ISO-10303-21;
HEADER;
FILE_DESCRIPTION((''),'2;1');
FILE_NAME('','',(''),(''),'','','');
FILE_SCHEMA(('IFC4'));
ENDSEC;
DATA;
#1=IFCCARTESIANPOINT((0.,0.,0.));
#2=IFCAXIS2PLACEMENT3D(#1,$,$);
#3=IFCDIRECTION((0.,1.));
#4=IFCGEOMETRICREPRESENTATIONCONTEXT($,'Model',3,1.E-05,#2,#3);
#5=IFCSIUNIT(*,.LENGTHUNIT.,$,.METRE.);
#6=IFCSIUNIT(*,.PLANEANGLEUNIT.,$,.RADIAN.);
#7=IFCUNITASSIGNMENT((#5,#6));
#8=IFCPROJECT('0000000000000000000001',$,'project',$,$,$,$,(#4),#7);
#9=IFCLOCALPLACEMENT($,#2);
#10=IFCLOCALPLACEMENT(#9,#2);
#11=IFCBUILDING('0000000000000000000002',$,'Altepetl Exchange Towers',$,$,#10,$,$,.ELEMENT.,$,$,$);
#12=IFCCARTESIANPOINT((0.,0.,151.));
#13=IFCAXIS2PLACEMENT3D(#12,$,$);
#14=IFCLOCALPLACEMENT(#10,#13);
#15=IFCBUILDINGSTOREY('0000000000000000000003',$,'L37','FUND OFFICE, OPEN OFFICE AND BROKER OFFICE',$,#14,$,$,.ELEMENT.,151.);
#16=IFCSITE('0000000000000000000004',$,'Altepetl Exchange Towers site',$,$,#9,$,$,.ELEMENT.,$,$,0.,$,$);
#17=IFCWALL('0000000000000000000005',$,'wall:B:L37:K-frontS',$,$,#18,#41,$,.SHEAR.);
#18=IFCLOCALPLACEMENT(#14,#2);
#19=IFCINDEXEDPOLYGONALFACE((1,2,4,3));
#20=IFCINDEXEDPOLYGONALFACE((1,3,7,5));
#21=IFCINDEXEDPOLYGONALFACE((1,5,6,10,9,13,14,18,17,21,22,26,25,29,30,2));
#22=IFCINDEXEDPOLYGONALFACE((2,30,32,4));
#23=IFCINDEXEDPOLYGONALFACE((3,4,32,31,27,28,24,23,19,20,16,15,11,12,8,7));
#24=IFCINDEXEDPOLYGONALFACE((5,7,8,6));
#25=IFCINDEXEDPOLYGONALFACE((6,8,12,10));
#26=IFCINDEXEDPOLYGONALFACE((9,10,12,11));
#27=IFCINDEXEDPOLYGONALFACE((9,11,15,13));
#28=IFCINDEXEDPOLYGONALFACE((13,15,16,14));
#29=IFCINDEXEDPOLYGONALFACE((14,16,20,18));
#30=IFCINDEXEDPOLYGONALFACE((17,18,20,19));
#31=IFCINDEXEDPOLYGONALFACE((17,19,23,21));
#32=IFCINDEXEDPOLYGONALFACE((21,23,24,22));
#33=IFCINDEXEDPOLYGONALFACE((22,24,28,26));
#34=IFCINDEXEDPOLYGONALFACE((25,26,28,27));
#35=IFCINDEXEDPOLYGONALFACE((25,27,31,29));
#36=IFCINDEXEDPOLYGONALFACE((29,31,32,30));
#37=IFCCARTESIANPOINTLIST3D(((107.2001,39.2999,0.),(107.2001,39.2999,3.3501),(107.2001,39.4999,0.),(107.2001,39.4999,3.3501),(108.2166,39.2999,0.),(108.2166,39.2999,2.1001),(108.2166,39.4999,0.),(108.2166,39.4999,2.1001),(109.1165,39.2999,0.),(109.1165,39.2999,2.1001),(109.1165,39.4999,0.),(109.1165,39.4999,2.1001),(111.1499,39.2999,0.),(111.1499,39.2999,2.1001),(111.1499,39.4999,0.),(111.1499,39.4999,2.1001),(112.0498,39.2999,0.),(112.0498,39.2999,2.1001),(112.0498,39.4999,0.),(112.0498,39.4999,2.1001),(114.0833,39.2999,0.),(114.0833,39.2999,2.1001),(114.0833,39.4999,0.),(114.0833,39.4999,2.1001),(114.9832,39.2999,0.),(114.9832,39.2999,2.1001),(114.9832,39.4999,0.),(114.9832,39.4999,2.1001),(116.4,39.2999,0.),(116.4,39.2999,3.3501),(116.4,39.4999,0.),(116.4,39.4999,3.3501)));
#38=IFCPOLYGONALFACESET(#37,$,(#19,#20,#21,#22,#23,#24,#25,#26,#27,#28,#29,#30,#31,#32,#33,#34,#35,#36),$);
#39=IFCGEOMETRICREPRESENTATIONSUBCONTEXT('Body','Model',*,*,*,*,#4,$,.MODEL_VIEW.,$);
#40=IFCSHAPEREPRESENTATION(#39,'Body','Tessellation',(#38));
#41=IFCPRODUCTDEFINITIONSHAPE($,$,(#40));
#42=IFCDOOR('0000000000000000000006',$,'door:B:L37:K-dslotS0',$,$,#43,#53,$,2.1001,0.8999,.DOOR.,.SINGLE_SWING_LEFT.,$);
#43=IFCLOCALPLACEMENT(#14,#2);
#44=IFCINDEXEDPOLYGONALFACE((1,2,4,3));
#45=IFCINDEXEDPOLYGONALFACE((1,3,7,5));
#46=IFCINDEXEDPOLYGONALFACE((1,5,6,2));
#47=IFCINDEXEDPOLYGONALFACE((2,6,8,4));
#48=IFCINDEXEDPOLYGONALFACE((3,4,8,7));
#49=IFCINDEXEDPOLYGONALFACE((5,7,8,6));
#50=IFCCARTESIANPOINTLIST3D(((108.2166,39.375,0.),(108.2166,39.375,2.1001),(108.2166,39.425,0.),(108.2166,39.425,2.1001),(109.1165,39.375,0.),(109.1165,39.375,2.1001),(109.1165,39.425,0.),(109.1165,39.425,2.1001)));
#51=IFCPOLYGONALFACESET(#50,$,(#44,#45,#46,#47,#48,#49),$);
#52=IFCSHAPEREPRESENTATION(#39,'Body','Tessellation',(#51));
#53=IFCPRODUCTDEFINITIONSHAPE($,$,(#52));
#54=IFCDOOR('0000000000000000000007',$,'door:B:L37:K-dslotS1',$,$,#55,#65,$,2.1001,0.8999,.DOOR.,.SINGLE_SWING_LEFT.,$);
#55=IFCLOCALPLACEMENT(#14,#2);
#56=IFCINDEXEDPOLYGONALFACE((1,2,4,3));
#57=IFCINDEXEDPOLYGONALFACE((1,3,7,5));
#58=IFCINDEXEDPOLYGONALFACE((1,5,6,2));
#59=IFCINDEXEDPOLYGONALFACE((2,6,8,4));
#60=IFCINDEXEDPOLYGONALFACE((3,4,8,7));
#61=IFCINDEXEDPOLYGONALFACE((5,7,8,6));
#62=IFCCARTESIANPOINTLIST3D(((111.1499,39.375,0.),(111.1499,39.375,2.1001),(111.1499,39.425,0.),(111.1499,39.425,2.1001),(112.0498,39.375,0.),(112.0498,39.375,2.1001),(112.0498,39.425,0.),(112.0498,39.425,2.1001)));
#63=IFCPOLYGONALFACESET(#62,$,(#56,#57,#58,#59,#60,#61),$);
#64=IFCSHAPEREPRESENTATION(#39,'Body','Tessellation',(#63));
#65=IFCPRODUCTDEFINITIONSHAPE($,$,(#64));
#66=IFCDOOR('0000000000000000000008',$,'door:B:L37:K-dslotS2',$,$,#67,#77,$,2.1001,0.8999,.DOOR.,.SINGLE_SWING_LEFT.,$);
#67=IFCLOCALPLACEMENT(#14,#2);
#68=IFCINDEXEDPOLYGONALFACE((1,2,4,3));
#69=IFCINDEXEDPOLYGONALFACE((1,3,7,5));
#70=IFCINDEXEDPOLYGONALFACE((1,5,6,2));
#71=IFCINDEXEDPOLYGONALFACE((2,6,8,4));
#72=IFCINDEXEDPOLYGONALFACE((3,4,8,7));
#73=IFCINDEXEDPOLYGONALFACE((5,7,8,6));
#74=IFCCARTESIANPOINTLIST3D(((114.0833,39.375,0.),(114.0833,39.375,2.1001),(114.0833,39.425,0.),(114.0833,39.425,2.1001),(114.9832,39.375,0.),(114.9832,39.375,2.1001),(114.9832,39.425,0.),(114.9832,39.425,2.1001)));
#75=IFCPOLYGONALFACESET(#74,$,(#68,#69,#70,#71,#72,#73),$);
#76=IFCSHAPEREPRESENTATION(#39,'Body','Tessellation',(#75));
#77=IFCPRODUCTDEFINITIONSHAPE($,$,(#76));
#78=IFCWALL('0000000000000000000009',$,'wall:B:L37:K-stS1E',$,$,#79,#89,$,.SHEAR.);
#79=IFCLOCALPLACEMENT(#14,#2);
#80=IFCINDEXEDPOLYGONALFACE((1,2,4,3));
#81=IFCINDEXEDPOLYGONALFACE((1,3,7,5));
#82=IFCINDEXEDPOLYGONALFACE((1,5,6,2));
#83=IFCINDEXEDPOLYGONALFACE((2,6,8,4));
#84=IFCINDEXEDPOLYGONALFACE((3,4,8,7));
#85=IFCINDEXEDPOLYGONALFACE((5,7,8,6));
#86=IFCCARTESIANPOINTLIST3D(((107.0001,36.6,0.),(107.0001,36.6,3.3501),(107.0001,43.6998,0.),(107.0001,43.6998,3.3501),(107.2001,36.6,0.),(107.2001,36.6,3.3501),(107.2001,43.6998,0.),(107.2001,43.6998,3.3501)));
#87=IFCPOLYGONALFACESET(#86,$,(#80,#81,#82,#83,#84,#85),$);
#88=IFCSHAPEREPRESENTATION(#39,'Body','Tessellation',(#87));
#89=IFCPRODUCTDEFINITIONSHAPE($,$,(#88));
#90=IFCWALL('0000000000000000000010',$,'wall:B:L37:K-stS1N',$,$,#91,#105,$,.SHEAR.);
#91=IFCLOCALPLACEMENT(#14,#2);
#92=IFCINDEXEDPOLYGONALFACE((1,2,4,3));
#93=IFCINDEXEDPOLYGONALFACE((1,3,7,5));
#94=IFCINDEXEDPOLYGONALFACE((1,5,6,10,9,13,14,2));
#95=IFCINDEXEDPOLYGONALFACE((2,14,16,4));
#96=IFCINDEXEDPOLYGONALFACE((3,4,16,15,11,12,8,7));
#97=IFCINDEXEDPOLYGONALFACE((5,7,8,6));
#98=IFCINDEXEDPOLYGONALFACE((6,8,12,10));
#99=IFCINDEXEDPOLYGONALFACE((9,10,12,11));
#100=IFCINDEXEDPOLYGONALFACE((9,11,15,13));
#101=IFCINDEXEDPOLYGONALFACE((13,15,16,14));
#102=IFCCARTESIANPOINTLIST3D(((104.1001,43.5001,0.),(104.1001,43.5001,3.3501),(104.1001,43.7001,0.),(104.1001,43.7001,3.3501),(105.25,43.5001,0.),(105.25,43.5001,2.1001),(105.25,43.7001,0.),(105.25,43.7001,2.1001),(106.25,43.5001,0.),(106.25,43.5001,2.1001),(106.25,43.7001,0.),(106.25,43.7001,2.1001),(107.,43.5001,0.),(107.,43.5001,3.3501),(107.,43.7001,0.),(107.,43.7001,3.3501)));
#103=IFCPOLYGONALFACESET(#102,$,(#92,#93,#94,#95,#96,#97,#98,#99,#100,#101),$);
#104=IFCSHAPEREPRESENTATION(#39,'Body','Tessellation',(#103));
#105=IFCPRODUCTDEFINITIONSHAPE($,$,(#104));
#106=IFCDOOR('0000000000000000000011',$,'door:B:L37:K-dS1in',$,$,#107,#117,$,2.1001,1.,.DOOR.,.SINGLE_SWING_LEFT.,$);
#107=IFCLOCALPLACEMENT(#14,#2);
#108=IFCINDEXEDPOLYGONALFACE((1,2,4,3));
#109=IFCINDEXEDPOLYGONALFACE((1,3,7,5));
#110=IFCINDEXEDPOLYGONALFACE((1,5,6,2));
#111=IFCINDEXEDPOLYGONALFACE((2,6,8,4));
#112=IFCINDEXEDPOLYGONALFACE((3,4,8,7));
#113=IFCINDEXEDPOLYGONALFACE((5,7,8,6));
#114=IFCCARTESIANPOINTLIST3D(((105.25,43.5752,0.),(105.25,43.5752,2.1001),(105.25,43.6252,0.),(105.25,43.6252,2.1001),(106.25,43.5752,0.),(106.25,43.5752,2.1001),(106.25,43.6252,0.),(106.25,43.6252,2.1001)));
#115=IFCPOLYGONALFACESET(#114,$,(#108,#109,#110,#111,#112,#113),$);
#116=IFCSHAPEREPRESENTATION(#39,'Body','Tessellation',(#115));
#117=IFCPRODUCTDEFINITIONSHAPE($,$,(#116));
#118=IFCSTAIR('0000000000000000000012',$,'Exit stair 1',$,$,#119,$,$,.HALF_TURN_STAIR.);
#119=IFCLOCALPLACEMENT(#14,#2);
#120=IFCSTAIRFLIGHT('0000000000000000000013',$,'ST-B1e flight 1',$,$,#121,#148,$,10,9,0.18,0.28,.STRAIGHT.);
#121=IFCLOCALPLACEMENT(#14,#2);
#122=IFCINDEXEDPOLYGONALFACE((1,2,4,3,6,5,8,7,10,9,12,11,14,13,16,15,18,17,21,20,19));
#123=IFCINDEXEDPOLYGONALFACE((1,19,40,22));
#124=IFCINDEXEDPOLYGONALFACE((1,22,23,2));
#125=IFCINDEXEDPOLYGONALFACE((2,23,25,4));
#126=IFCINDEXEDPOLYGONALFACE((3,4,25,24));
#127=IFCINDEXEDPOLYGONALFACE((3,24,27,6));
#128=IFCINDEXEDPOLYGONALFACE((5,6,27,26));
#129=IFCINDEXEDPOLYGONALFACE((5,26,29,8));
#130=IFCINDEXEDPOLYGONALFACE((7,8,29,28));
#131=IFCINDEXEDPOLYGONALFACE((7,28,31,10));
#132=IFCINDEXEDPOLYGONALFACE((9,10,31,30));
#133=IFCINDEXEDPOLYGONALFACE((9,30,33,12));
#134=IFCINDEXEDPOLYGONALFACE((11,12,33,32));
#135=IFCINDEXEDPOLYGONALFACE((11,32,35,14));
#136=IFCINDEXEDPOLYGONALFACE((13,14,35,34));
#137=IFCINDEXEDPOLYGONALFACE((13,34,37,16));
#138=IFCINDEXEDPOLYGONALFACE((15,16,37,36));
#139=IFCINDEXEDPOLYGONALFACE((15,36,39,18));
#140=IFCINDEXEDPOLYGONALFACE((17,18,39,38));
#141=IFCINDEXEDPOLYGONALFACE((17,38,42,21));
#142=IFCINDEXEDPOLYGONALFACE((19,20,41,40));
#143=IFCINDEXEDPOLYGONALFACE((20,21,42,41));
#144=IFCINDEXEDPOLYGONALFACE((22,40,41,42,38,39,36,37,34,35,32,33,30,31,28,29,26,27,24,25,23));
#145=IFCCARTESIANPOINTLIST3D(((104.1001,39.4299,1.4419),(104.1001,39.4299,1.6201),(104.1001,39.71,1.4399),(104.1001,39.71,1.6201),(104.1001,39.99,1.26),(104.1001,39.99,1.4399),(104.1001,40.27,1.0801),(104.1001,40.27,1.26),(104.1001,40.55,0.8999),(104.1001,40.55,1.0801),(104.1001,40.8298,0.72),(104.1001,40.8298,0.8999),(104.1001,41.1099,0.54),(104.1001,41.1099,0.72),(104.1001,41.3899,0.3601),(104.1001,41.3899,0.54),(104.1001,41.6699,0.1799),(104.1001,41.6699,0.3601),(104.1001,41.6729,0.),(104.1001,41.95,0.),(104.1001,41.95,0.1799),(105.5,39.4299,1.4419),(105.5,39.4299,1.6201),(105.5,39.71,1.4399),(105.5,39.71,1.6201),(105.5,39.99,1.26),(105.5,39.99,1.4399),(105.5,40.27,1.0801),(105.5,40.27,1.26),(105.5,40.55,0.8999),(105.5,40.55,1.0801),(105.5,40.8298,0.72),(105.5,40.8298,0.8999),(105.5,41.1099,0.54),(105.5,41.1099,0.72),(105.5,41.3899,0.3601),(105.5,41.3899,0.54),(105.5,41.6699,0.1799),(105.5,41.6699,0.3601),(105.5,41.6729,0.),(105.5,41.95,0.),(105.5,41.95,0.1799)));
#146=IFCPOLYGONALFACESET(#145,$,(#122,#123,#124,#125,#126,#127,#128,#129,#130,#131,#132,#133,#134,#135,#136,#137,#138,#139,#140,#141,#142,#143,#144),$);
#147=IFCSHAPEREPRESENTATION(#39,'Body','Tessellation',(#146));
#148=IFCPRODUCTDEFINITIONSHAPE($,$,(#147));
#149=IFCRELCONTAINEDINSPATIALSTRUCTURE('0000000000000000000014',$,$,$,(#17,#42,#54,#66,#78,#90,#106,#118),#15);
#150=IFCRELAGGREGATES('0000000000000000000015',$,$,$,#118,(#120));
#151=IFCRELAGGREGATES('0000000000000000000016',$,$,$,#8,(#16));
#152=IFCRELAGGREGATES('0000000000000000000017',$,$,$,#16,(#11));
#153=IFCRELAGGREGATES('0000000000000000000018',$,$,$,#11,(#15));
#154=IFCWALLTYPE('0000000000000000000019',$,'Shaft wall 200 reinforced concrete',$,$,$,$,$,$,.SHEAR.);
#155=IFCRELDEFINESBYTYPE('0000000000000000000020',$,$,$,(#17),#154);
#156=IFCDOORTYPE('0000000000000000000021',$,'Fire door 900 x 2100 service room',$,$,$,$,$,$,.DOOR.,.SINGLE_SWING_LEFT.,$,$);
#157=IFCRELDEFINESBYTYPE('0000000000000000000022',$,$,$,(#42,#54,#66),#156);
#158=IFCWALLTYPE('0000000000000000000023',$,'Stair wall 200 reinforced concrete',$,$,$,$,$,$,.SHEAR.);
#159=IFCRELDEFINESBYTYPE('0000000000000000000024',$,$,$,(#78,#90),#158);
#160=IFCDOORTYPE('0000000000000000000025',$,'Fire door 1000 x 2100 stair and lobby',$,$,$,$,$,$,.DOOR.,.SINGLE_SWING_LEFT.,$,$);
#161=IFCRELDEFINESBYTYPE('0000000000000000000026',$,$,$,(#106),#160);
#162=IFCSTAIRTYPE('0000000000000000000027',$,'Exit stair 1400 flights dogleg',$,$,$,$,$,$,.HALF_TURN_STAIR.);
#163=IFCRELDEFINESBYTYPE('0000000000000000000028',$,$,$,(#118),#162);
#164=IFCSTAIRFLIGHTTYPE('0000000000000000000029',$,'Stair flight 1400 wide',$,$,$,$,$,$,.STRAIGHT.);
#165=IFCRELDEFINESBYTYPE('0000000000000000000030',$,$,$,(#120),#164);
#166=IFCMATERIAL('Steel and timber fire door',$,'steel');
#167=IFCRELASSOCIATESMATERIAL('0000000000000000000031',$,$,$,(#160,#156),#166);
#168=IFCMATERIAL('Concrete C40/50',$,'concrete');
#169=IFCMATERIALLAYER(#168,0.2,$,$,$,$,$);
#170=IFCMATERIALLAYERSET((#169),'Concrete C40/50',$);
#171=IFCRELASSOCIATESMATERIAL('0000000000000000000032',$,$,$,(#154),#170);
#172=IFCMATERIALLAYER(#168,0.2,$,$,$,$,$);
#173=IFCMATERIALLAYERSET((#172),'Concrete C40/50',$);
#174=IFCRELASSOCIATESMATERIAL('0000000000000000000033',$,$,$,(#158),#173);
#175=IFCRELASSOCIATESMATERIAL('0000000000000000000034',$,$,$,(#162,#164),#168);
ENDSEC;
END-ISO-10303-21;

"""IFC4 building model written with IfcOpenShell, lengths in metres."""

from ifc_helpers import new_model, si_unit, direction, frame, frame_2d, origin, place, context, subcontext, project, spatial, polyline, rectangle, outline, extrude, material, layer, layer_set, type_object, element, fill, aggregate, save


model = new_model("IFC4")

# Units and contexts
model_context = context("Model", 3, precision=1e-05, world=origin(), true_north=direction((0.0, 1.0)))
body_context = subcontext(model_context, "Body", "Model", "MODEL_VIEW")
ifc_project = project(units=[si_unit("LENGTHUNIT", "METRE"), si_unit("PLANEANGLEUNIT", "RADIAN")], contexts=[model_context])

# Site, building, storey
site_placement = place(None, origin())
site = spatial("IfcSite", under=ifc_project, at=site_placement, Name="Altepetl Exchange Towers site", CompositionType="ELEMENT", RefElevation=0.0)
building_placement = place(site_placement, origin())
building = spatial("IfcBuilding", under=site, at=building_placement, Name="Altepetl Exchange Towers", CompositionType="ELEMENT")
storey_placement = place(building_placement, frame((0.0, 0.0, 151.0)))
storey = spatial("IfcBuildingStorey", under=building, at=storey_placement, Name="L37", Description="FUND OFFICE, OPEN OFFICE AND BROKER OFFICE", CompositionType="ELEMENT", Elevation=151.0)

# Shared definitions
ifc_material_1 = material(Name="Steel and timber fire door", Category="steel")
door_type_1 = type_object("IfcDoorType", Name="Fire door 1000 x 2100 stair and lobby", OperationType="SINGLE_SWING_LEFT", PredefinedType="DOOR", material=ifc_material_1)

# Shared definitions
ifc_material_2 = material(Name="Concrete C40/50", Category="concrete")
ifc_layer_1 = layer(ifc_material_2, 0.2)
ifc_layer_set_1 = layer_set([ifc_layer_1], Name="Concrete C40/50")
wall_type_1 = type_object("IfcWallType", Name="Shaft wall 200 reinforced concrete", PredefinedType="SHEAR", material=ifc_layer_set_1)

# Wall, openings, doors
wall_1_placement = place(storey_placement, frame((107.2, 39.3999, 0.0)))
wall_1 = element("IfcWall", 1, at=wall_1_placement, inside=storey, type_object=wall_type_1, Name="wall:B:L37:K-frontS", PredefinedType="SHEAR", context=body_context, shape_type="SweptSolid", body=[
    extrude(rectangle(XDim=9.2, YDim=0.2, at=frame_2d((4.6001, 0.0))), origin(), (0.0, 0.0, 1.0), 3.3501),
])
opening_1_placement = place(wall_1_placement, frame((1.0166, 0.0, 0.0)))
opening_1 = element("IfcOpeningElement", 2, at=opening_1_placement, cuts=wall_1, PredefinedType="OPENING", context=body_context, shape_type="SweptSolid", body=[
    extrude(rectangle(XDim=0.8999, YDim=2.1001, at=frame_2d((0.45, 1.05))), frame((0.0, 0.1099, 0.0), z_axis=(0.0, -1.0, 0.0), x_axis=(1.0, 0.0, 0.0)), (0.0, 0.0, 1.0), 0.22),
])
opening_2_placement = place(wall_1_placement, frame((3.95, 0.0, 0.0)))
opening_2 = element("IfcOpeningElement", 3, at=opening_2_placement, cuts=wall_1, PredefinedType="OPENING", context=body_context, shape_type="SweptSolid", body=[
    extrude(rectangle(XDim=0.8999, YDim=2.1001, at=frame_2d((0.45, 1.05))), frame((0.0, 0.1099, 0.0), z_axis=(0.0, -1.0, 0.0), x_axis=(1.0, 0.0, 0.0)), (0.0, 0.0, 1.0), 0.22),
])
opening_3_placement = place(wall_1_placement, frame((6.8833, 0.0, 0.0)))
opening_3 = element("IfcOpeningElement", 4, at=opening_3_placement, cuts=wall_1, PredefinedType="OPENING", context=body_context, shape_type="SweptSolid", body=[
    extrude(rectangle(XDim=0.8999, YDim=2.1001, at=frame_2d((0.45, 1.05))), frame((0.0, 0.1099, 0.0), z_axis=(0.0, -1.0, 0.0), x_axis=(1.0, 0.0, 0.0)), (0.0, 0.0, 1.0), 0.22),
])
door_type_2 = type_object("IfcDoorType", Name="Fire door 900 x 2100 service room", OperationType="SINGLE_SWING_LEFT", PredefinedType="DOOR", material=ifc_material_1)
door_1_placement = place(opening_1_placement, frame((0.8999, 0.0, 0.0), x_axis=(-1.0, 0.0, 0.0)))
door_1 = element("IfcDoor", 5, at=door_1_placement, inside=storey, type_object=door_type_2, Name="door:B:L37:K-dslotS0", OperationType="SINGLE_SWING_LEFT", OverallHeight=2.1001, OverallWidth=0.8999, PredefinedType="DOOR", context=body_context, shape_type="SweptSolid", body=[
    extrude(rectangle(XDim=0.8999, YDim=2.1001, at=frame_2d((0.45, 1.05))), frame((0.0, 0.0249, 0.0), z_axis=(0.0, -1.0, 0.0), x_axis=(1.0, 0.0, 0.0)), (0.0, 0.0, 1.0), 0.05),
])
fill(opening_1, door_1)
door_2_placement = place(opening_2_placement, frame((0.8999, 0.0, 0.0), x_axis=(-1.0, 0.0, 0.0)))
door_2 = element("IfcDoor", 6, at=door_2_placement, inside=storey, type_object=door_type_2, Name="door:B:L37:K-dslotS1", OperationType="SINGLE_SWING_LEFT", OverallHeight=2.1001, OverallWidth=0.8999, PredefinedType="DOOR", context=body_context, shape_type="SweptSolid", body=[
    extrude(rectangle(XDim=0.8999, YDim=2.1001, at=frame_2d((0.45, 1.05))), frame((0.0, 0.0249, 0.0), z_axis=(0.0, -1.0, 0.0), x_axis=(1.0, 0.0, 0.0)), (0.0, 0.0, 1.0), 0.05),
])
fill(opening_2, door_2)
door_3_placement = place(opening_3_placement, frame((0.8999, 0.0, 0.0), x_axis=(-1.0, 0.0, 0.0)))
door_3 = element("IfcDoor", 7, at=door_3_placement, inside=storey, type_object=door_type_2, Name="door:B:L37:K-dslotS2", OperationType="SINGLE_SWING_LEFT", OverallHeight=2.1001, OverallWidth=0.8999, PredefinedType="DOOR", context=body_context, shape_type="SweptSolid", body=[
    extrude(rectangle(XDim=0.8999, YDim=2.1001, at=frame_2d((0.45, 1.05))), frame((0.0, 0.0249, 0.0), z_axis=(0.0, -1.0, 0.0), x_axis=(1.0, 0.0, 0.0)), (0.0, 0.0, 1.0), 0.05),
])
fill(opening_3, door_3)

# Wall
ifc_layer_2 = layer(ifc_material_2, 0.2)
ifc_layer_set_2 = layer_set([ifc_layer_2], Name="Concrete C40/50")
wall_type_2 = type_object("IfcWallType", Name="Stair wall 200 reinforced concrete", PredefinedType="SHEAR", material=ifc_layer_set_2)
wall_2_placement = place(storey_placement, frame((107.1001, 36.6001, 0.0), z_axis=(0.0, 0.0, 1.0), x_axis=(0.0, 1.0, 0.0)))
element("IfcWall", 8, at=wall_2_placement, inside=storey, type_object=wall_type_2, Name="wall:B:L37:K-stS1E", PredefinedType="SHEAR", context=body_context, shape_type="SweptSolid", body=[
    extrude(rectangle(XDim=7.0999, YDim=0.2, at=frame_2d((3.5498, 0.0))), origin(), (0.0, 0.0, 1.0), 3.3501),
])

# Wall, opening, door
wall_3_placement = place(storey_placement, frame((104.1001, 43.6001, 0.0)))
wall_3 = element("IfcWall", 9, at=wall_3_placement, inside=storey, type_object=wall_type_2, Name="wall:B:L37:K-stS1N", PredefinedType="SHEAR", context=body_context, shape_type="SweptSolid", body=[
    extrude(rectangle(XDim=2.8999, YDim=0.2, at=frame_2d((1.45, 0.0))), origin(), (0.0, 0.0, 1.0), 3.3501),
])
opening_4_placement = place(wall_3_placement, frame((1.1499, 0.0, 0.0)))
opening_4 = element("IfcOpeningElement", 10, at=opening_4_placement, cuts=wall_3, PredefinedType="OPENING", context=body_context, shape_type="SweptSolid", body=[
    extrude(rectangle(XDim=1.0, YDim=2.1001, at=frame_2d((0.5, 1.05))), frame((0.0, 0.1099, 0.0), z_axis=(0.0, -1.0, 0.0), x_axis=(1.0, 0.0, 0.0)), (0.0, 0.0, 1.0), 0.22),
])
door_4_placement = place(opening_4_placement, frame((1.0, 0.0, 0.0), x_axis=(-1.0, 0.0, 0.0)))
door_4 = element("IfcDoor", 11, at=door_4_placement, inside=storey, type_object=door_type_1, Name="door:B:L37:K-dS1in", OperationType="SINGLE_SWING_LEFT", OverallHeight=2.1001, OverallWidth=1.0, PredefinedType="DOOR", context=body_context, shape_type="SweptSolid", body=[
    extrude(rectangle(XDim=1.0, YDim=2.1001, at=frame_2d((0.5, 1.05))), frame((0.0, 0.0249, 0.0), z_axis=(0.0, -1.0, 0.0), x_axis=(1.0, 0.0, 0.0)), (0.0, 0.0, 1.0), 0.05),
])
fill(opening_4, door_4)

# Stair, stair flight
stair_type = type_object("IfcStairType", Name="Exit stair 1400 flights dogleg", PredefinedType="HALF_TURN_STAIR", material=ifc_material_2)
stair_placement = place(storey_placement, origin())
stair = element("IfcStair", 12, at=stair_placement, inside=storey, type_object=stair_type, Name="Exit stair 1", PredefinedType="HALF_TURN_STAIR")
stair_flight_type = type_object("IfcStairFlightType", Name="Stair flight 1400 wide", PredefinedType="STRAIGHT", material=ifc_material_2)
stair_flight_1_placement = place(storey_placement, frame((104.8, 41.95, 0.0), z_axis=(0.0, 0.0, 1.0), x_axis=(0.0, -1.0, 0.0)))
stair_flight_1 = element("IfcStairFlight", 13, at=stair_flight_1_placement, type_object=stair_flight_type, Name="ST-B1e flight 1", NumberOfRisers=10, NumberOfTreads=9, PredefinedType="STRAIGHT", RiserHeight=0.18, TreadLength=0.28, context=body_context, shape_type="SweptSolid", body=[
    extrude(outline(polyline([(0.0, 0.0), (0.0, 0.1799), (0.28, 0.1799), (0.28, 0.3601), (0.5601, 0.3601), (0.5601, 0.54), (0.8401, 0.54), (0.8401, 0.72), (1.1201, 0.72), (1.1201, 0.8999), (1.3999, 0.8999), (1.3999, 1.0801), (1.6799, 1.0801), (1.6799, 1.26), (1.96, 1.26), (1.96, 1.4399), (2.24, 1.4399), (2.24, 1.6201), (2.52, 1.6201), (2.52, 1.8), (2.52, 1.4419), (0.2771, 0.0), (0.0, 0.0)])), frame((0.0, 0.7, 0.0), z_axis=(0.0, -1.0, 0.0), x_axis=(1.0, 0.0, 0.0)), (0.0, 0.0, 1.0), 1.3999),
])
aggregate(stair, [stair_flight_1])

save(model, "model.ifc")
